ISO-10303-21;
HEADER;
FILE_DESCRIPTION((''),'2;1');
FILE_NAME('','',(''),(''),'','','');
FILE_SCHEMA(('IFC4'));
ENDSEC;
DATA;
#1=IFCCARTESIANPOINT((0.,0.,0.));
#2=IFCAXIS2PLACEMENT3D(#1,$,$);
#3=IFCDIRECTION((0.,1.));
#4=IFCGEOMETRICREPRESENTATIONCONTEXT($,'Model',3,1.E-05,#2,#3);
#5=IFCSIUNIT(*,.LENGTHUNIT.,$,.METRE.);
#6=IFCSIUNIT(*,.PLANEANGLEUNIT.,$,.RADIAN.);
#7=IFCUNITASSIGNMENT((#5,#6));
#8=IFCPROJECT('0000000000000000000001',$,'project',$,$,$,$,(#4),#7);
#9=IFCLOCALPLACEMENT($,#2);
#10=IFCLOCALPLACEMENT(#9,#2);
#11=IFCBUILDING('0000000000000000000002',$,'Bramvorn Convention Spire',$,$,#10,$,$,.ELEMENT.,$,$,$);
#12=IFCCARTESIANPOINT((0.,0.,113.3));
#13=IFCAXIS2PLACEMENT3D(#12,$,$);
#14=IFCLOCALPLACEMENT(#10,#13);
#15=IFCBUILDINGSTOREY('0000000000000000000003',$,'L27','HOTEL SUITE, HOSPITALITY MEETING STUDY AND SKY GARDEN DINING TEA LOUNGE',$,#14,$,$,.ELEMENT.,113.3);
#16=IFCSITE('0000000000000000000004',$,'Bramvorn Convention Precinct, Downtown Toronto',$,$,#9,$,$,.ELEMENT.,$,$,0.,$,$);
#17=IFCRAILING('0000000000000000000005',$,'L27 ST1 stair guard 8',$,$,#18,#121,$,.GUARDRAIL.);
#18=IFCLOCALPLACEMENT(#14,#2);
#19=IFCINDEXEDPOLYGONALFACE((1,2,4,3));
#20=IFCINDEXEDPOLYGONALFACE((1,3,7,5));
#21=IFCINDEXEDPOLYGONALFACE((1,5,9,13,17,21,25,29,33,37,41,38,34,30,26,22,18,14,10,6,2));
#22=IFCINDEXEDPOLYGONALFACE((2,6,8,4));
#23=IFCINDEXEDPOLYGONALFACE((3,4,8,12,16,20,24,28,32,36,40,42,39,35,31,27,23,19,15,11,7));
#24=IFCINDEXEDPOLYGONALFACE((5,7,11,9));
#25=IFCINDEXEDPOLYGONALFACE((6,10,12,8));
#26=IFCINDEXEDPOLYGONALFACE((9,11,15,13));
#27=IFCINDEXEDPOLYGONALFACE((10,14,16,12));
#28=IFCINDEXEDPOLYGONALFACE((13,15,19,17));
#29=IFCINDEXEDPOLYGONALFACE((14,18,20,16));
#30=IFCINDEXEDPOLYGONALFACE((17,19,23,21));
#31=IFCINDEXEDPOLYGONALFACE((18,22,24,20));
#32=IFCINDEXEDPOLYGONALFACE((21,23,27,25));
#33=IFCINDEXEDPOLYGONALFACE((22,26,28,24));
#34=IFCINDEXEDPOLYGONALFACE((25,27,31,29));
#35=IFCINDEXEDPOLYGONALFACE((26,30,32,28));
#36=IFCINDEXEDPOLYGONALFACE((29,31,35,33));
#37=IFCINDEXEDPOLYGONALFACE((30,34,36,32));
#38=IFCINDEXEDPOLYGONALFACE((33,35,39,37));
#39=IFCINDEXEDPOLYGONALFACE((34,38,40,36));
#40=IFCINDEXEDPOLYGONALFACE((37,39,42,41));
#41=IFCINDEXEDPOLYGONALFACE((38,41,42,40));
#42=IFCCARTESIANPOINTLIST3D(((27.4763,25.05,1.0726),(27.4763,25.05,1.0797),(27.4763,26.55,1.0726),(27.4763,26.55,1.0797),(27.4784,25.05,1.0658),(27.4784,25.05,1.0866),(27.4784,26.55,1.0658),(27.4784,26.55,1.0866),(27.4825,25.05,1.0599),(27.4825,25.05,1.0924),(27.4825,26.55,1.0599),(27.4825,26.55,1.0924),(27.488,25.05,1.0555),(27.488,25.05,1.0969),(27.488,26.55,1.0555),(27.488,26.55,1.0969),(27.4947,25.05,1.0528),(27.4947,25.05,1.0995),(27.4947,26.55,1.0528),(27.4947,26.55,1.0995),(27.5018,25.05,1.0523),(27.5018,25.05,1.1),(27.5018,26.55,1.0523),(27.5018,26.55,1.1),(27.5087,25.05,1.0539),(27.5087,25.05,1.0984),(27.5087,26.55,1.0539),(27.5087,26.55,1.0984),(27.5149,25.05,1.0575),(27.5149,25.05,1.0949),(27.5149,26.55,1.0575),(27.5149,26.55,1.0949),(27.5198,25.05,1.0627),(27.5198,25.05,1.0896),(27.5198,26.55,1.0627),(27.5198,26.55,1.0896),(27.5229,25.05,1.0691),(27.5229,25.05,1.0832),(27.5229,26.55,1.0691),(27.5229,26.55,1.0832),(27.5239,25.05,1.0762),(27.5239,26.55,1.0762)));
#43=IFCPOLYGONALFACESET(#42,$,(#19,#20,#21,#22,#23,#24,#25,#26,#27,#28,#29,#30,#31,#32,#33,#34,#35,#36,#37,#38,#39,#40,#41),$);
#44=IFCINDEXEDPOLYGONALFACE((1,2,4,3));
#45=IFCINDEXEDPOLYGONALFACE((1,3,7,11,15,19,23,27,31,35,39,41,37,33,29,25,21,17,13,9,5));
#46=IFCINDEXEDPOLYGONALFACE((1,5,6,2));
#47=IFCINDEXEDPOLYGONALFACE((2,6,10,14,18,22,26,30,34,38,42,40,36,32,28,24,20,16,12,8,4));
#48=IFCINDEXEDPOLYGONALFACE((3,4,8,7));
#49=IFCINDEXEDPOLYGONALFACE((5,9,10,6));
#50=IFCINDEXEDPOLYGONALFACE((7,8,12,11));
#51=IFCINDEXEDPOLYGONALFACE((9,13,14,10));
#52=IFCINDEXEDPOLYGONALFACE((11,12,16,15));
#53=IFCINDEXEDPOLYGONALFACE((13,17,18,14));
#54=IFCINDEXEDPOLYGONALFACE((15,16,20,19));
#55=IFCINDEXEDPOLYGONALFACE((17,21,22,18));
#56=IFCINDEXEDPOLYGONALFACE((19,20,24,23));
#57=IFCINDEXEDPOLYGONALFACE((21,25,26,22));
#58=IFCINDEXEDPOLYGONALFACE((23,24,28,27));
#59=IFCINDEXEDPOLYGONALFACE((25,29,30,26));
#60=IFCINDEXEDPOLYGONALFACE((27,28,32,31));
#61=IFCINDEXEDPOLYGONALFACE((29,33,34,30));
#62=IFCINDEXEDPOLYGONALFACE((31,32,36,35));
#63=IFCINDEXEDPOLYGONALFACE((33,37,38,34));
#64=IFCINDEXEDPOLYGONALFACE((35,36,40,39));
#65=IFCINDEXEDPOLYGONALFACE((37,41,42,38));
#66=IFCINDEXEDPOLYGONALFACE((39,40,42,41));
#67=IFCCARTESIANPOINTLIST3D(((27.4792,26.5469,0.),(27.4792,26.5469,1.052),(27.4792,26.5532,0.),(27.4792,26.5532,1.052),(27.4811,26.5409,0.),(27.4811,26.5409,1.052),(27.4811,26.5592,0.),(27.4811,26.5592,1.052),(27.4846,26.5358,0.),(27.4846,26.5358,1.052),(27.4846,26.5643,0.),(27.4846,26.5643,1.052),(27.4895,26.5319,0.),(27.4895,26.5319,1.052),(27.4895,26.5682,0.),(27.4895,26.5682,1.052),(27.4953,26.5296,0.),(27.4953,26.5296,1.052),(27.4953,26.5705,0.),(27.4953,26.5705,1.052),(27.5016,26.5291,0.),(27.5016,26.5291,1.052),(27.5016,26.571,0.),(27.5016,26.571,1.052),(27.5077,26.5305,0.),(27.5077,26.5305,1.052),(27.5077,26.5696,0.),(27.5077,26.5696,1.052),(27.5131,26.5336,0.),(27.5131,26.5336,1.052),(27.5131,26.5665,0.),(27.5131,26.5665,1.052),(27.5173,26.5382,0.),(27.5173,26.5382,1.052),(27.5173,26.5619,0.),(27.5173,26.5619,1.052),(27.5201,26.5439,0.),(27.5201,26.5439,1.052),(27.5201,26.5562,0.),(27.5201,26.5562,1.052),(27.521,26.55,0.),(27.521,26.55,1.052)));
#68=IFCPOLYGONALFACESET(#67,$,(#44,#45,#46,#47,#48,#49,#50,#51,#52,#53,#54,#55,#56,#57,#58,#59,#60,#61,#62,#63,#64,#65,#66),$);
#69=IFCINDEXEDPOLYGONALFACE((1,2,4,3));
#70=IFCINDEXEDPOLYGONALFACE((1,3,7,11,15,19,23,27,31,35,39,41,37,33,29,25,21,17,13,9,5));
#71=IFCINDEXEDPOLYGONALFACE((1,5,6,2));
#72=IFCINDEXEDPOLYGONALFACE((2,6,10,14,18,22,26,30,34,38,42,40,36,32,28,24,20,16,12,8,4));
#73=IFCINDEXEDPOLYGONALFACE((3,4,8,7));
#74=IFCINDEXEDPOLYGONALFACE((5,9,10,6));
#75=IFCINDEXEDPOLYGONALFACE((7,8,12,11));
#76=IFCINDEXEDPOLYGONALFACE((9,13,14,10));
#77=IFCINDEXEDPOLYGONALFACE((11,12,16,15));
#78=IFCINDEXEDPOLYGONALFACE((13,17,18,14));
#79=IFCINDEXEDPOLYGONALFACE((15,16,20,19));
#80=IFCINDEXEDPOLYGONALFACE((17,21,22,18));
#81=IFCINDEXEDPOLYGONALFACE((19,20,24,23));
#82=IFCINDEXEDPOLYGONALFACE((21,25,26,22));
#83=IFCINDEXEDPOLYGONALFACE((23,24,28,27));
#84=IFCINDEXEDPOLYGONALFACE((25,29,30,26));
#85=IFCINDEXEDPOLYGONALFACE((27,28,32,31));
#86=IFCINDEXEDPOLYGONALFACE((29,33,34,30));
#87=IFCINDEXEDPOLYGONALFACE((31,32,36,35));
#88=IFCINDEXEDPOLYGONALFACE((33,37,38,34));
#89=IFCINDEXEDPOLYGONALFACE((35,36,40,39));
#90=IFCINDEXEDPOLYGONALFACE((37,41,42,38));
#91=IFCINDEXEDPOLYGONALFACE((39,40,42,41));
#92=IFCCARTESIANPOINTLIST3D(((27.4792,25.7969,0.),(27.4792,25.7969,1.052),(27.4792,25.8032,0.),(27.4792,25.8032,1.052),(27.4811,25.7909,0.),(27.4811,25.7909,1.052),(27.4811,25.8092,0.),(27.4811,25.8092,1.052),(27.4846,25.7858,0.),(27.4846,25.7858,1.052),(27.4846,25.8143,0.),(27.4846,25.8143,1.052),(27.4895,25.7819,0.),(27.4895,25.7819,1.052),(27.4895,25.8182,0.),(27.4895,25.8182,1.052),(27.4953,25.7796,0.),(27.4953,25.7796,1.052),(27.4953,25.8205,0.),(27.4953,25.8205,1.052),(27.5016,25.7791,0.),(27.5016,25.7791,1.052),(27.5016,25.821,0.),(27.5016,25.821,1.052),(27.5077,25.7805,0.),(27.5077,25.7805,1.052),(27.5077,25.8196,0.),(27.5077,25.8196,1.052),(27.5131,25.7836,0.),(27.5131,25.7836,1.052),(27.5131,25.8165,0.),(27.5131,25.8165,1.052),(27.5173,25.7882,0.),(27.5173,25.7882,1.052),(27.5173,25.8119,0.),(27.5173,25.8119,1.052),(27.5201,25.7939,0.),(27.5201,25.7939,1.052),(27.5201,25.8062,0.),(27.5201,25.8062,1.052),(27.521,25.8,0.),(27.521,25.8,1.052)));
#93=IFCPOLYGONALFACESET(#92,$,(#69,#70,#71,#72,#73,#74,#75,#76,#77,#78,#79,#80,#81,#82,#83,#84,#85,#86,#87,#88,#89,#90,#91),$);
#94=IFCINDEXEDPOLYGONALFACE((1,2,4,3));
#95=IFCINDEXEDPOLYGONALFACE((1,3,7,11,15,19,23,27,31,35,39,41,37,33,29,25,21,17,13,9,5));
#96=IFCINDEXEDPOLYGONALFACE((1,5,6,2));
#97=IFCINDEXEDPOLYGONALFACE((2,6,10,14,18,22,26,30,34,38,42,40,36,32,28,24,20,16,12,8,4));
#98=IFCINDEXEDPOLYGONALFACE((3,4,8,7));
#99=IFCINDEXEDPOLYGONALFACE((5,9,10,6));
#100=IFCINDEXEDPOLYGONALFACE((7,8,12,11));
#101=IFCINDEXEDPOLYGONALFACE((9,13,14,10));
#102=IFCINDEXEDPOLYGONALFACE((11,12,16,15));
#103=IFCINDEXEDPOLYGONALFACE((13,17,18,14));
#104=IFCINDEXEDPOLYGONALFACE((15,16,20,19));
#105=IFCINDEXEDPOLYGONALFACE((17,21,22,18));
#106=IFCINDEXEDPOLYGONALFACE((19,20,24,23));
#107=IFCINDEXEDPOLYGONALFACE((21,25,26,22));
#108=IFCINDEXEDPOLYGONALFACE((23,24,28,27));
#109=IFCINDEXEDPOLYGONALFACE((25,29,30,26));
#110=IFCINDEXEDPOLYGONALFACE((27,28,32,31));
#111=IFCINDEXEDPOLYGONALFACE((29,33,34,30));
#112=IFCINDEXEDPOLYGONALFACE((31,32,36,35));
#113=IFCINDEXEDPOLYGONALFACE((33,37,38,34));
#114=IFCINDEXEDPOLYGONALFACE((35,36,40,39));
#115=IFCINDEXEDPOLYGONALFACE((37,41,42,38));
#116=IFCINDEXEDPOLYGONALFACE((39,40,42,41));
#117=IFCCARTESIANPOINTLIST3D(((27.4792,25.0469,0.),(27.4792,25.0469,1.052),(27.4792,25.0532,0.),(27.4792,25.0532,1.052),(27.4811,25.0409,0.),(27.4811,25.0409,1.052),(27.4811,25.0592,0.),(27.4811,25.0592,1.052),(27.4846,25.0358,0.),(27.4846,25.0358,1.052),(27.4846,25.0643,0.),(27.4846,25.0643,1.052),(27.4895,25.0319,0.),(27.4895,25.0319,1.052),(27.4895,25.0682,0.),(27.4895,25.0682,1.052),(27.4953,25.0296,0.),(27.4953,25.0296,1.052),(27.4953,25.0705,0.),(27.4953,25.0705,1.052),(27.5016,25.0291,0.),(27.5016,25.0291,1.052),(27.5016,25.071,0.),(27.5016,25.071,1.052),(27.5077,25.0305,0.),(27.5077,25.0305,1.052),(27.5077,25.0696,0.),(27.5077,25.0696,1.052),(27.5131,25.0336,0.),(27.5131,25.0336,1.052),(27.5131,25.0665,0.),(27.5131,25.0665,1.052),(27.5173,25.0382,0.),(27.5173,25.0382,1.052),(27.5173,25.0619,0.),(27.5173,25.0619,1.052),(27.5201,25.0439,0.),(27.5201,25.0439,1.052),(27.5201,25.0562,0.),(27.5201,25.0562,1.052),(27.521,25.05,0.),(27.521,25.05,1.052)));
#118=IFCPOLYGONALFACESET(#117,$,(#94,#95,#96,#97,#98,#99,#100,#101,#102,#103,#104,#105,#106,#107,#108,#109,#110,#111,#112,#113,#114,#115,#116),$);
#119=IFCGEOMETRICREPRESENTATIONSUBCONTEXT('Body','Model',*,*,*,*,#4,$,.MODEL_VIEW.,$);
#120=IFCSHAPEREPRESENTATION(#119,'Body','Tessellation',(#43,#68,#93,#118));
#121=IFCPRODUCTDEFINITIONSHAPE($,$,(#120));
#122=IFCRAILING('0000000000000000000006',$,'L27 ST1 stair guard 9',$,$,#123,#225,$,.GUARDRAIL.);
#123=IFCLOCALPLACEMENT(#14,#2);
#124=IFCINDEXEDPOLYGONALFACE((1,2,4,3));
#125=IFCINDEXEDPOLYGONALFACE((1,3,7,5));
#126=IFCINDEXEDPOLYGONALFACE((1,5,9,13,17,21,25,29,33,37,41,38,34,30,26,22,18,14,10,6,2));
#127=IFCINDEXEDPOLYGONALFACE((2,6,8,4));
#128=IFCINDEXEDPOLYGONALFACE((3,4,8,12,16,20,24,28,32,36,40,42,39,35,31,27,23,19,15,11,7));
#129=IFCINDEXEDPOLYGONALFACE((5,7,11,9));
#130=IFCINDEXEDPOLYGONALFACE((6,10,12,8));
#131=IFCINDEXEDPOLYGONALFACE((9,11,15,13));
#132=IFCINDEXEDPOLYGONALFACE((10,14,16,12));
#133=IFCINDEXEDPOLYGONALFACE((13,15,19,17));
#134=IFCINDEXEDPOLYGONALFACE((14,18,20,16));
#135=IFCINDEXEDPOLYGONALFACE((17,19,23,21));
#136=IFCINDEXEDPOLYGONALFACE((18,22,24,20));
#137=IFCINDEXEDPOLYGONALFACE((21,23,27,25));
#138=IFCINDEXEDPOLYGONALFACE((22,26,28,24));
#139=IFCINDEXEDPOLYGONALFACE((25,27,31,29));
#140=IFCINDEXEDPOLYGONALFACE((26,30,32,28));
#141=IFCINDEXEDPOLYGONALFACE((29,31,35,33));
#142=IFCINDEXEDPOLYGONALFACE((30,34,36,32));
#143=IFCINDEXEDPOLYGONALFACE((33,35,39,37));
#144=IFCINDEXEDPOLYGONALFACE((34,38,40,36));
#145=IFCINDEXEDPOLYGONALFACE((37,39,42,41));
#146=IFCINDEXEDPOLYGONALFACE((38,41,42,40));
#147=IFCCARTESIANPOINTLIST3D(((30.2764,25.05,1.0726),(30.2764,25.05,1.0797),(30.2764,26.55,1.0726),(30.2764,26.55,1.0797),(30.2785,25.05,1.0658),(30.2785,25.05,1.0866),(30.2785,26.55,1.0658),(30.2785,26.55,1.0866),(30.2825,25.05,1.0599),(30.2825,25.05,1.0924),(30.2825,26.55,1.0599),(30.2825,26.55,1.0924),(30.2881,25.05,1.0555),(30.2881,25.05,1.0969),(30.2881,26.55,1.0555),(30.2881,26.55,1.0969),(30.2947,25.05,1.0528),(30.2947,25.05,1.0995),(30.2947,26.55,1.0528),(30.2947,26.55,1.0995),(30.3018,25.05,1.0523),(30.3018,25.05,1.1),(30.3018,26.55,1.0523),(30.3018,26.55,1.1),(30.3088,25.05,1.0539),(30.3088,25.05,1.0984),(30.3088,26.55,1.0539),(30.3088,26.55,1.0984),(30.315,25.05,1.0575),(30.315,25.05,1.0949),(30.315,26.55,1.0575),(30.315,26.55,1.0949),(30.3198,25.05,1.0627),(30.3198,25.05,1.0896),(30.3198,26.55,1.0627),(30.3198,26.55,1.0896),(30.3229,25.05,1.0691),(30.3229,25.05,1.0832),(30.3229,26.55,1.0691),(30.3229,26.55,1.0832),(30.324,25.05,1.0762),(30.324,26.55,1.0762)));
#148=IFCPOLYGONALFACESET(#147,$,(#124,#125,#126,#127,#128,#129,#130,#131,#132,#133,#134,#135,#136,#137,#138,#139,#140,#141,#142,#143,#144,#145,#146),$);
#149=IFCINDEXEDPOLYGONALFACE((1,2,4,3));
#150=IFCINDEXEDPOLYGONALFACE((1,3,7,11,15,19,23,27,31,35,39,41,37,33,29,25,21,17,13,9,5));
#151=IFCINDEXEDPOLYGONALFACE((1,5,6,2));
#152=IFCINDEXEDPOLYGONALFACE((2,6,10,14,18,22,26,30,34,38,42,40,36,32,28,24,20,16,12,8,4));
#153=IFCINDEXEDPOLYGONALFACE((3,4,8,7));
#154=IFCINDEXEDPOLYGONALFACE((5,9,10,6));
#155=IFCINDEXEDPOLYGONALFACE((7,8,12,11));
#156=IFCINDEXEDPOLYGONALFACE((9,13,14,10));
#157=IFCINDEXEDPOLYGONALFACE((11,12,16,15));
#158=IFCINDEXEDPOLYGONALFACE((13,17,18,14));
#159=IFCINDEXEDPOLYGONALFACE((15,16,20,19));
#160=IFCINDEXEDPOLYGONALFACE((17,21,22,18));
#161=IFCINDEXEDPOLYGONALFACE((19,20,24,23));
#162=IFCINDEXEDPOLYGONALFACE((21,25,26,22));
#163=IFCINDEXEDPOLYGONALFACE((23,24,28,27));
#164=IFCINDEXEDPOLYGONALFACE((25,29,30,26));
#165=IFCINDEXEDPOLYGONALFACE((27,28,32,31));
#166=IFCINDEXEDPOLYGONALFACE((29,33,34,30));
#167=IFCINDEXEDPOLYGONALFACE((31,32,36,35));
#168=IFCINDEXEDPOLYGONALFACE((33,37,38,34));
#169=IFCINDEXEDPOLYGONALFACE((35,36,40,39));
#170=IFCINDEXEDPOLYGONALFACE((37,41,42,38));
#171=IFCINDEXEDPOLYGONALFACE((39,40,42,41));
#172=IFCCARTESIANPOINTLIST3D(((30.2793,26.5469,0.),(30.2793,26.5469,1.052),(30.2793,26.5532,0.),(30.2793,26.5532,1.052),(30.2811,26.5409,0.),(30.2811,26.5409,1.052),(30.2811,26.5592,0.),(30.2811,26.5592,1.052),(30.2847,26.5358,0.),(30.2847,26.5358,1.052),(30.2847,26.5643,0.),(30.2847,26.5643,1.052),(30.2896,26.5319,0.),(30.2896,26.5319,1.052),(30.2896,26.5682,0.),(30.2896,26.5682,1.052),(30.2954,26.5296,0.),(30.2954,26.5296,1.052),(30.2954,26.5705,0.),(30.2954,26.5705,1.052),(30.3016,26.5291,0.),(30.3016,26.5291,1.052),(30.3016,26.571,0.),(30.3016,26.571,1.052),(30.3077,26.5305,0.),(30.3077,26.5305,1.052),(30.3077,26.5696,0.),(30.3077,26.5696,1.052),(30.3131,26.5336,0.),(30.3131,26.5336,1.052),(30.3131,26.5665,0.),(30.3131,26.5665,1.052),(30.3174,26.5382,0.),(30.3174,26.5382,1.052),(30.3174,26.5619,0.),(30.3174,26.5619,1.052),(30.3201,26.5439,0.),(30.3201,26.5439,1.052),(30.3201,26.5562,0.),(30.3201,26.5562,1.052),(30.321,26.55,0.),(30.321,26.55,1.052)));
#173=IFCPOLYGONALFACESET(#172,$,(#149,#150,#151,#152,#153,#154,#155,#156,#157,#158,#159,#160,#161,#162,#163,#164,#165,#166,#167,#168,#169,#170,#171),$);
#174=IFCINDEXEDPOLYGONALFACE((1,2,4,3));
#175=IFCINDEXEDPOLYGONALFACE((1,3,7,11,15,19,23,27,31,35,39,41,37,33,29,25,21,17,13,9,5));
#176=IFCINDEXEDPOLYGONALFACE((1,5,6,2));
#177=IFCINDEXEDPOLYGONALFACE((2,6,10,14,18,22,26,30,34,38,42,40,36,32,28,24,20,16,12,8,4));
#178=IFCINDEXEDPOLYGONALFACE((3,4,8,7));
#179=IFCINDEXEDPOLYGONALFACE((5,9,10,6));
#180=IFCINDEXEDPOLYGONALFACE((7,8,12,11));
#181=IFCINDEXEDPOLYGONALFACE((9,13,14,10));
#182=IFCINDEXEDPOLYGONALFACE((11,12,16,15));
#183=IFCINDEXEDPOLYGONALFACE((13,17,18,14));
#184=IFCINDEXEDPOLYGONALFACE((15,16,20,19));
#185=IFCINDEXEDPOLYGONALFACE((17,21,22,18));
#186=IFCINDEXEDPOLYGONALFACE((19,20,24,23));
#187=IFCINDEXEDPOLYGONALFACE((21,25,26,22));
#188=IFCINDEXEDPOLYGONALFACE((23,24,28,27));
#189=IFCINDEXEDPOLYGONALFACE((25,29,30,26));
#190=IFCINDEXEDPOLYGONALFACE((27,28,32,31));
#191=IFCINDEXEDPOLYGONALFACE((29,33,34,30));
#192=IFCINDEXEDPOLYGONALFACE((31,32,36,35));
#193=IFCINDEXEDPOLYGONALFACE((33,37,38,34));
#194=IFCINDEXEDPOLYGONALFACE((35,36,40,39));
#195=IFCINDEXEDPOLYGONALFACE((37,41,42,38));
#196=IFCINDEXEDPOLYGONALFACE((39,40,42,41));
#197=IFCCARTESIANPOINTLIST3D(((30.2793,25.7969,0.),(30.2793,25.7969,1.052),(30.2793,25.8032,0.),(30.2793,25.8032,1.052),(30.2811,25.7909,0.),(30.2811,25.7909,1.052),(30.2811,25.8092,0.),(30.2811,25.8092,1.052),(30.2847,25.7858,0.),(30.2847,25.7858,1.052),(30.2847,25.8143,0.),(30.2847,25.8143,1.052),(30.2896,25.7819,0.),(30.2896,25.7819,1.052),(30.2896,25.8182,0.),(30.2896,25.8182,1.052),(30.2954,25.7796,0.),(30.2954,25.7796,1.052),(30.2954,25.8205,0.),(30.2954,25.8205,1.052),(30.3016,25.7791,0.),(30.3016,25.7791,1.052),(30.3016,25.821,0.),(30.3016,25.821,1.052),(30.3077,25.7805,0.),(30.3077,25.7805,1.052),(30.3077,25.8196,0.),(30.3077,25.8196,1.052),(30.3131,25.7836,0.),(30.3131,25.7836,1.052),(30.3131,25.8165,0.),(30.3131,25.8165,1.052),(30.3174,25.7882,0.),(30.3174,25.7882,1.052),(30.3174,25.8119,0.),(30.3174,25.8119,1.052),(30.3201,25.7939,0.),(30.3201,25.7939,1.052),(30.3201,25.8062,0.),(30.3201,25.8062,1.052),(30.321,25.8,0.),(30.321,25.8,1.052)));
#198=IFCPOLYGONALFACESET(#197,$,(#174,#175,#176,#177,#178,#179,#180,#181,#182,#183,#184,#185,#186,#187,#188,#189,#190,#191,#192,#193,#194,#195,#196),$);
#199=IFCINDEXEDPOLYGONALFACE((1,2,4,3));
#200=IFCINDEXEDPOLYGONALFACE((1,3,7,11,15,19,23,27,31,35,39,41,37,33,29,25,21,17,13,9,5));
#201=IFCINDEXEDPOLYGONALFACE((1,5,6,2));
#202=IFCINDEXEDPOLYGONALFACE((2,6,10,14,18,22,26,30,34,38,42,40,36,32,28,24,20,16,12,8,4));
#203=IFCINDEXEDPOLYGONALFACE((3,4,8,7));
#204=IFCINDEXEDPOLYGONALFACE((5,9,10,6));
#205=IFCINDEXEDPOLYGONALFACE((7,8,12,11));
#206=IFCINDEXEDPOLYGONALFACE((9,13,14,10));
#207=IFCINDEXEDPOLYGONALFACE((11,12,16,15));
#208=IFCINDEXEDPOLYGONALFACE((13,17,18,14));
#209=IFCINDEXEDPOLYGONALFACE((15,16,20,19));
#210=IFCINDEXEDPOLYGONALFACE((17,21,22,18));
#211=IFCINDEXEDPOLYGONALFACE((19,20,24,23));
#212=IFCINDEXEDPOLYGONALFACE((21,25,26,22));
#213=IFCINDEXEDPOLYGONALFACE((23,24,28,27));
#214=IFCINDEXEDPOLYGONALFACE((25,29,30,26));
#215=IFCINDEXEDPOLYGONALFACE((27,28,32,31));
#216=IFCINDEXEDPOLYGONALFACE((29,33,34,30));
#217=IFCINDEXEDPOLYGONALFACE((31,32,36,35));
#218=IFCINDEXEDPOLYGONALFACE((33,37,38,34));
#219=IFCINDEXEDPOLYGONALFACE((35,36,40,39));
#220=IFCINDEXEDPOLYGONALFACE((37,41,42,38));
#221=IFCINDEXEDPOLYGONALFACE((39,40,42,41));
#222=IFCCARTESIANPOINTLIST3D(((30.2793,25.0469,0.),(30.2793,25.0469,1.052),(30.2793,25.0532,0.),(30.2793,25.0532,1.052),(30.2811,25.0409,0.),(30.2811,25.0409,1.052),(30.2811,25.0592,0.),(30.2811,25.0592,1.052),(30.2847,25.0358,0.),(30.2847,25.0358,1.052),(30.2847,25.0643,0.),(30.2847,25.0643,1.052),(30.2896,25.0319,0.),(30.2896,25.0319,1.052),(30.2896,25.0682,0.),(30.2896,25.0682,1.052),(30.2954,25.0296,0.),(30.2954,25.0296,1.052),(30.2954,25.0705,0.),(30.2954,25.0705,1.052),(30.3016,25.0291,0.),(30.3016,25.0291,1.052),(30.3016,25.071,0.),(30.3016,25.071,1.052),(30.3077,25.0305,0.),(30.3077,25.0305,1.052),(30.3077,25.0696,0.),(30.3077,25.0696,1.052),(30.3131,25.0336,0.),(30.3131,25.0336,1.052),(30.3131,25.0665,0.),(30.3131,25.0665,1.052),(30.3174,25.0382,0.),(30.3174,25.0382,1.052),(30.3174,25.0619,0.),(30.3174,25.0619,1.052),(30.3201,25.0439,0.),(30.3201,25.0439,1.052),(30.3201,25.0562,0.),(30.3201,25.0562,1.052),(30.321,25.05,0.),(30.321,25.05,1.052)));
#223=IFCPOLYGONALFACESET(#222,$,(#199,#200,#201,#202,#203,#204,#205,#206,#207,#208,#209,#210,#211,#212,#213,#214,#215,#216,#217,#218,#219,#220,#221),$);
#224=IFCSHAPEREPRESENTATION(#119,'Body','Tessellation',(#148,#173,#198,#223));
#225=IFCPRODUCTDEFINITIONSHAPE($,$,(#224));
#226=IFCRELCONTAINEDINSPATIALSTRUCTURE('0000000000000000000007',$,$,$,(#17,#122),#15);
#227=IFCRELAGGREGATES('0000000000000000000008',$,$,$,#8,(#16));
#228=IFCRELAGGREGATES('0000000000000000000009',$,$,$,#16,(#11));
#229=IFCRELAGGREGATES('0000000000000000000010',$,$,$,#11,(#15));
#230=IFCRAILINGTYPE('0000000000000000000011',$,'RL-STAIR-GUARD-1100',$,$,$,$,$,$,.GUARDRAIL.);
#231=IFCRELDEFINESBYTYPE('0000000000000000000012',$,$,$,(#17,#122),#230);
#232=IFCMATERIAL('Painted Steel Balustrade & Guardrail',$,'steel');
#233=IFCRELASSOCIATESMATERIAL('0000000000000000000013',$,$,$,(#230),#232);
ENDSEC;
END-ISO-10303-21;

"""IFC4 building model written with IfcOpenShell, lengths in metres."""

from ifc_helpers import new_model, si_unit, direction, frame, origin, origin_2d, place, context, subcontext, project, spatial, circle, extrude, material, type_object, element, save


model = new_model("IFC4")

# Units and contexts
model_context = context("Model", 3, precision=1e-05, world=origin(), true_north=direction((0.0, 1.0)))
body_context = subcontext(model_context, "Body", "Model", "MODEL_VIEW")
ifc_project = project(units=[si_unit("LENGTHUNIT", "METRE"), si_unit("PLANEANGLEUNIT", "RADIAN")], contexts=[model_context])

# Site, building, storey
site_placement = place(None, origin())
site = spatial("IfcSite", under=ifc_project, at=site_placement, Name="Bramvorn Convention Precinct, Downtown Toronto", CompositionType="ELEMENT", RefElevation=0.0)
building_placement = place(site_placement, origin())
building = spatial("IfcBuilding", under=site, at=building_placement, Name="Bramvorn Convention Spire", CompositionType="ELEMENT")
storey_placement = place(building_placement, frame((0.0, 0.0, 113.3)))
storey = spatial("IfcBuildingStorey", under=building, at=storey_placement, Name="L27", Description="HOTEL SUITE, HOSPITALITY MEETING STUDY AND SKY GARDEN DINING TEA LOUNGE", CompositionType="ELEMENT", Elevation=113.3)

# Railings
ifc_material_1 = material(Name="Painted Steel Balustrade & Guardrail", Category="steel")
railing_type = type_object("IfcRailingType", Name="RL-STAIR-GUARD-1100", PredefinedType="GUARDRAIL", material=ifc_material_1)
for number, where, name in (
    (1, (27.5, 26.55, 0.0), "L27 ST1 stair guard 8"),
    (2, (30.3, 26.55, 0.0), "L27 ST1 stair guard 9"),
):
    element("IfcRailing", number, at=place(storey_placement, frame(where)), inside=storey, type_object=railing_type, Name=name, PredefinedType="GUARDRAIL", context=body_context, shape_type="SweptSolid", body=[
        extrude(circle(Radius=0.0239, at=origin_2d()), frame((0.0, 0.0, 1.0762), z_axis=(0.0, -1.0, 0.0), x_axis=(1.0, 0.0, 0.0)), (0.0, 0.0, 1.0), 1.5),
        extrude(circle(Radius=0.021, at=origin_2d()), origin(), (0.0, 0.0, 1.0), 1.052),
        extrude(circle(Radius=0.021, at=origin_2d()), frame((0.0, -0.75, 0.0)), (0.0, 0.0, 1.0), 1.052),
        extrude(circle(Radius=0.021, at=origin_2d()), frame((0.0, -1.5, 0.0)), (0.0, 0.0, 1.0), 1.052),
    ])

save(model, "model.ifc")
